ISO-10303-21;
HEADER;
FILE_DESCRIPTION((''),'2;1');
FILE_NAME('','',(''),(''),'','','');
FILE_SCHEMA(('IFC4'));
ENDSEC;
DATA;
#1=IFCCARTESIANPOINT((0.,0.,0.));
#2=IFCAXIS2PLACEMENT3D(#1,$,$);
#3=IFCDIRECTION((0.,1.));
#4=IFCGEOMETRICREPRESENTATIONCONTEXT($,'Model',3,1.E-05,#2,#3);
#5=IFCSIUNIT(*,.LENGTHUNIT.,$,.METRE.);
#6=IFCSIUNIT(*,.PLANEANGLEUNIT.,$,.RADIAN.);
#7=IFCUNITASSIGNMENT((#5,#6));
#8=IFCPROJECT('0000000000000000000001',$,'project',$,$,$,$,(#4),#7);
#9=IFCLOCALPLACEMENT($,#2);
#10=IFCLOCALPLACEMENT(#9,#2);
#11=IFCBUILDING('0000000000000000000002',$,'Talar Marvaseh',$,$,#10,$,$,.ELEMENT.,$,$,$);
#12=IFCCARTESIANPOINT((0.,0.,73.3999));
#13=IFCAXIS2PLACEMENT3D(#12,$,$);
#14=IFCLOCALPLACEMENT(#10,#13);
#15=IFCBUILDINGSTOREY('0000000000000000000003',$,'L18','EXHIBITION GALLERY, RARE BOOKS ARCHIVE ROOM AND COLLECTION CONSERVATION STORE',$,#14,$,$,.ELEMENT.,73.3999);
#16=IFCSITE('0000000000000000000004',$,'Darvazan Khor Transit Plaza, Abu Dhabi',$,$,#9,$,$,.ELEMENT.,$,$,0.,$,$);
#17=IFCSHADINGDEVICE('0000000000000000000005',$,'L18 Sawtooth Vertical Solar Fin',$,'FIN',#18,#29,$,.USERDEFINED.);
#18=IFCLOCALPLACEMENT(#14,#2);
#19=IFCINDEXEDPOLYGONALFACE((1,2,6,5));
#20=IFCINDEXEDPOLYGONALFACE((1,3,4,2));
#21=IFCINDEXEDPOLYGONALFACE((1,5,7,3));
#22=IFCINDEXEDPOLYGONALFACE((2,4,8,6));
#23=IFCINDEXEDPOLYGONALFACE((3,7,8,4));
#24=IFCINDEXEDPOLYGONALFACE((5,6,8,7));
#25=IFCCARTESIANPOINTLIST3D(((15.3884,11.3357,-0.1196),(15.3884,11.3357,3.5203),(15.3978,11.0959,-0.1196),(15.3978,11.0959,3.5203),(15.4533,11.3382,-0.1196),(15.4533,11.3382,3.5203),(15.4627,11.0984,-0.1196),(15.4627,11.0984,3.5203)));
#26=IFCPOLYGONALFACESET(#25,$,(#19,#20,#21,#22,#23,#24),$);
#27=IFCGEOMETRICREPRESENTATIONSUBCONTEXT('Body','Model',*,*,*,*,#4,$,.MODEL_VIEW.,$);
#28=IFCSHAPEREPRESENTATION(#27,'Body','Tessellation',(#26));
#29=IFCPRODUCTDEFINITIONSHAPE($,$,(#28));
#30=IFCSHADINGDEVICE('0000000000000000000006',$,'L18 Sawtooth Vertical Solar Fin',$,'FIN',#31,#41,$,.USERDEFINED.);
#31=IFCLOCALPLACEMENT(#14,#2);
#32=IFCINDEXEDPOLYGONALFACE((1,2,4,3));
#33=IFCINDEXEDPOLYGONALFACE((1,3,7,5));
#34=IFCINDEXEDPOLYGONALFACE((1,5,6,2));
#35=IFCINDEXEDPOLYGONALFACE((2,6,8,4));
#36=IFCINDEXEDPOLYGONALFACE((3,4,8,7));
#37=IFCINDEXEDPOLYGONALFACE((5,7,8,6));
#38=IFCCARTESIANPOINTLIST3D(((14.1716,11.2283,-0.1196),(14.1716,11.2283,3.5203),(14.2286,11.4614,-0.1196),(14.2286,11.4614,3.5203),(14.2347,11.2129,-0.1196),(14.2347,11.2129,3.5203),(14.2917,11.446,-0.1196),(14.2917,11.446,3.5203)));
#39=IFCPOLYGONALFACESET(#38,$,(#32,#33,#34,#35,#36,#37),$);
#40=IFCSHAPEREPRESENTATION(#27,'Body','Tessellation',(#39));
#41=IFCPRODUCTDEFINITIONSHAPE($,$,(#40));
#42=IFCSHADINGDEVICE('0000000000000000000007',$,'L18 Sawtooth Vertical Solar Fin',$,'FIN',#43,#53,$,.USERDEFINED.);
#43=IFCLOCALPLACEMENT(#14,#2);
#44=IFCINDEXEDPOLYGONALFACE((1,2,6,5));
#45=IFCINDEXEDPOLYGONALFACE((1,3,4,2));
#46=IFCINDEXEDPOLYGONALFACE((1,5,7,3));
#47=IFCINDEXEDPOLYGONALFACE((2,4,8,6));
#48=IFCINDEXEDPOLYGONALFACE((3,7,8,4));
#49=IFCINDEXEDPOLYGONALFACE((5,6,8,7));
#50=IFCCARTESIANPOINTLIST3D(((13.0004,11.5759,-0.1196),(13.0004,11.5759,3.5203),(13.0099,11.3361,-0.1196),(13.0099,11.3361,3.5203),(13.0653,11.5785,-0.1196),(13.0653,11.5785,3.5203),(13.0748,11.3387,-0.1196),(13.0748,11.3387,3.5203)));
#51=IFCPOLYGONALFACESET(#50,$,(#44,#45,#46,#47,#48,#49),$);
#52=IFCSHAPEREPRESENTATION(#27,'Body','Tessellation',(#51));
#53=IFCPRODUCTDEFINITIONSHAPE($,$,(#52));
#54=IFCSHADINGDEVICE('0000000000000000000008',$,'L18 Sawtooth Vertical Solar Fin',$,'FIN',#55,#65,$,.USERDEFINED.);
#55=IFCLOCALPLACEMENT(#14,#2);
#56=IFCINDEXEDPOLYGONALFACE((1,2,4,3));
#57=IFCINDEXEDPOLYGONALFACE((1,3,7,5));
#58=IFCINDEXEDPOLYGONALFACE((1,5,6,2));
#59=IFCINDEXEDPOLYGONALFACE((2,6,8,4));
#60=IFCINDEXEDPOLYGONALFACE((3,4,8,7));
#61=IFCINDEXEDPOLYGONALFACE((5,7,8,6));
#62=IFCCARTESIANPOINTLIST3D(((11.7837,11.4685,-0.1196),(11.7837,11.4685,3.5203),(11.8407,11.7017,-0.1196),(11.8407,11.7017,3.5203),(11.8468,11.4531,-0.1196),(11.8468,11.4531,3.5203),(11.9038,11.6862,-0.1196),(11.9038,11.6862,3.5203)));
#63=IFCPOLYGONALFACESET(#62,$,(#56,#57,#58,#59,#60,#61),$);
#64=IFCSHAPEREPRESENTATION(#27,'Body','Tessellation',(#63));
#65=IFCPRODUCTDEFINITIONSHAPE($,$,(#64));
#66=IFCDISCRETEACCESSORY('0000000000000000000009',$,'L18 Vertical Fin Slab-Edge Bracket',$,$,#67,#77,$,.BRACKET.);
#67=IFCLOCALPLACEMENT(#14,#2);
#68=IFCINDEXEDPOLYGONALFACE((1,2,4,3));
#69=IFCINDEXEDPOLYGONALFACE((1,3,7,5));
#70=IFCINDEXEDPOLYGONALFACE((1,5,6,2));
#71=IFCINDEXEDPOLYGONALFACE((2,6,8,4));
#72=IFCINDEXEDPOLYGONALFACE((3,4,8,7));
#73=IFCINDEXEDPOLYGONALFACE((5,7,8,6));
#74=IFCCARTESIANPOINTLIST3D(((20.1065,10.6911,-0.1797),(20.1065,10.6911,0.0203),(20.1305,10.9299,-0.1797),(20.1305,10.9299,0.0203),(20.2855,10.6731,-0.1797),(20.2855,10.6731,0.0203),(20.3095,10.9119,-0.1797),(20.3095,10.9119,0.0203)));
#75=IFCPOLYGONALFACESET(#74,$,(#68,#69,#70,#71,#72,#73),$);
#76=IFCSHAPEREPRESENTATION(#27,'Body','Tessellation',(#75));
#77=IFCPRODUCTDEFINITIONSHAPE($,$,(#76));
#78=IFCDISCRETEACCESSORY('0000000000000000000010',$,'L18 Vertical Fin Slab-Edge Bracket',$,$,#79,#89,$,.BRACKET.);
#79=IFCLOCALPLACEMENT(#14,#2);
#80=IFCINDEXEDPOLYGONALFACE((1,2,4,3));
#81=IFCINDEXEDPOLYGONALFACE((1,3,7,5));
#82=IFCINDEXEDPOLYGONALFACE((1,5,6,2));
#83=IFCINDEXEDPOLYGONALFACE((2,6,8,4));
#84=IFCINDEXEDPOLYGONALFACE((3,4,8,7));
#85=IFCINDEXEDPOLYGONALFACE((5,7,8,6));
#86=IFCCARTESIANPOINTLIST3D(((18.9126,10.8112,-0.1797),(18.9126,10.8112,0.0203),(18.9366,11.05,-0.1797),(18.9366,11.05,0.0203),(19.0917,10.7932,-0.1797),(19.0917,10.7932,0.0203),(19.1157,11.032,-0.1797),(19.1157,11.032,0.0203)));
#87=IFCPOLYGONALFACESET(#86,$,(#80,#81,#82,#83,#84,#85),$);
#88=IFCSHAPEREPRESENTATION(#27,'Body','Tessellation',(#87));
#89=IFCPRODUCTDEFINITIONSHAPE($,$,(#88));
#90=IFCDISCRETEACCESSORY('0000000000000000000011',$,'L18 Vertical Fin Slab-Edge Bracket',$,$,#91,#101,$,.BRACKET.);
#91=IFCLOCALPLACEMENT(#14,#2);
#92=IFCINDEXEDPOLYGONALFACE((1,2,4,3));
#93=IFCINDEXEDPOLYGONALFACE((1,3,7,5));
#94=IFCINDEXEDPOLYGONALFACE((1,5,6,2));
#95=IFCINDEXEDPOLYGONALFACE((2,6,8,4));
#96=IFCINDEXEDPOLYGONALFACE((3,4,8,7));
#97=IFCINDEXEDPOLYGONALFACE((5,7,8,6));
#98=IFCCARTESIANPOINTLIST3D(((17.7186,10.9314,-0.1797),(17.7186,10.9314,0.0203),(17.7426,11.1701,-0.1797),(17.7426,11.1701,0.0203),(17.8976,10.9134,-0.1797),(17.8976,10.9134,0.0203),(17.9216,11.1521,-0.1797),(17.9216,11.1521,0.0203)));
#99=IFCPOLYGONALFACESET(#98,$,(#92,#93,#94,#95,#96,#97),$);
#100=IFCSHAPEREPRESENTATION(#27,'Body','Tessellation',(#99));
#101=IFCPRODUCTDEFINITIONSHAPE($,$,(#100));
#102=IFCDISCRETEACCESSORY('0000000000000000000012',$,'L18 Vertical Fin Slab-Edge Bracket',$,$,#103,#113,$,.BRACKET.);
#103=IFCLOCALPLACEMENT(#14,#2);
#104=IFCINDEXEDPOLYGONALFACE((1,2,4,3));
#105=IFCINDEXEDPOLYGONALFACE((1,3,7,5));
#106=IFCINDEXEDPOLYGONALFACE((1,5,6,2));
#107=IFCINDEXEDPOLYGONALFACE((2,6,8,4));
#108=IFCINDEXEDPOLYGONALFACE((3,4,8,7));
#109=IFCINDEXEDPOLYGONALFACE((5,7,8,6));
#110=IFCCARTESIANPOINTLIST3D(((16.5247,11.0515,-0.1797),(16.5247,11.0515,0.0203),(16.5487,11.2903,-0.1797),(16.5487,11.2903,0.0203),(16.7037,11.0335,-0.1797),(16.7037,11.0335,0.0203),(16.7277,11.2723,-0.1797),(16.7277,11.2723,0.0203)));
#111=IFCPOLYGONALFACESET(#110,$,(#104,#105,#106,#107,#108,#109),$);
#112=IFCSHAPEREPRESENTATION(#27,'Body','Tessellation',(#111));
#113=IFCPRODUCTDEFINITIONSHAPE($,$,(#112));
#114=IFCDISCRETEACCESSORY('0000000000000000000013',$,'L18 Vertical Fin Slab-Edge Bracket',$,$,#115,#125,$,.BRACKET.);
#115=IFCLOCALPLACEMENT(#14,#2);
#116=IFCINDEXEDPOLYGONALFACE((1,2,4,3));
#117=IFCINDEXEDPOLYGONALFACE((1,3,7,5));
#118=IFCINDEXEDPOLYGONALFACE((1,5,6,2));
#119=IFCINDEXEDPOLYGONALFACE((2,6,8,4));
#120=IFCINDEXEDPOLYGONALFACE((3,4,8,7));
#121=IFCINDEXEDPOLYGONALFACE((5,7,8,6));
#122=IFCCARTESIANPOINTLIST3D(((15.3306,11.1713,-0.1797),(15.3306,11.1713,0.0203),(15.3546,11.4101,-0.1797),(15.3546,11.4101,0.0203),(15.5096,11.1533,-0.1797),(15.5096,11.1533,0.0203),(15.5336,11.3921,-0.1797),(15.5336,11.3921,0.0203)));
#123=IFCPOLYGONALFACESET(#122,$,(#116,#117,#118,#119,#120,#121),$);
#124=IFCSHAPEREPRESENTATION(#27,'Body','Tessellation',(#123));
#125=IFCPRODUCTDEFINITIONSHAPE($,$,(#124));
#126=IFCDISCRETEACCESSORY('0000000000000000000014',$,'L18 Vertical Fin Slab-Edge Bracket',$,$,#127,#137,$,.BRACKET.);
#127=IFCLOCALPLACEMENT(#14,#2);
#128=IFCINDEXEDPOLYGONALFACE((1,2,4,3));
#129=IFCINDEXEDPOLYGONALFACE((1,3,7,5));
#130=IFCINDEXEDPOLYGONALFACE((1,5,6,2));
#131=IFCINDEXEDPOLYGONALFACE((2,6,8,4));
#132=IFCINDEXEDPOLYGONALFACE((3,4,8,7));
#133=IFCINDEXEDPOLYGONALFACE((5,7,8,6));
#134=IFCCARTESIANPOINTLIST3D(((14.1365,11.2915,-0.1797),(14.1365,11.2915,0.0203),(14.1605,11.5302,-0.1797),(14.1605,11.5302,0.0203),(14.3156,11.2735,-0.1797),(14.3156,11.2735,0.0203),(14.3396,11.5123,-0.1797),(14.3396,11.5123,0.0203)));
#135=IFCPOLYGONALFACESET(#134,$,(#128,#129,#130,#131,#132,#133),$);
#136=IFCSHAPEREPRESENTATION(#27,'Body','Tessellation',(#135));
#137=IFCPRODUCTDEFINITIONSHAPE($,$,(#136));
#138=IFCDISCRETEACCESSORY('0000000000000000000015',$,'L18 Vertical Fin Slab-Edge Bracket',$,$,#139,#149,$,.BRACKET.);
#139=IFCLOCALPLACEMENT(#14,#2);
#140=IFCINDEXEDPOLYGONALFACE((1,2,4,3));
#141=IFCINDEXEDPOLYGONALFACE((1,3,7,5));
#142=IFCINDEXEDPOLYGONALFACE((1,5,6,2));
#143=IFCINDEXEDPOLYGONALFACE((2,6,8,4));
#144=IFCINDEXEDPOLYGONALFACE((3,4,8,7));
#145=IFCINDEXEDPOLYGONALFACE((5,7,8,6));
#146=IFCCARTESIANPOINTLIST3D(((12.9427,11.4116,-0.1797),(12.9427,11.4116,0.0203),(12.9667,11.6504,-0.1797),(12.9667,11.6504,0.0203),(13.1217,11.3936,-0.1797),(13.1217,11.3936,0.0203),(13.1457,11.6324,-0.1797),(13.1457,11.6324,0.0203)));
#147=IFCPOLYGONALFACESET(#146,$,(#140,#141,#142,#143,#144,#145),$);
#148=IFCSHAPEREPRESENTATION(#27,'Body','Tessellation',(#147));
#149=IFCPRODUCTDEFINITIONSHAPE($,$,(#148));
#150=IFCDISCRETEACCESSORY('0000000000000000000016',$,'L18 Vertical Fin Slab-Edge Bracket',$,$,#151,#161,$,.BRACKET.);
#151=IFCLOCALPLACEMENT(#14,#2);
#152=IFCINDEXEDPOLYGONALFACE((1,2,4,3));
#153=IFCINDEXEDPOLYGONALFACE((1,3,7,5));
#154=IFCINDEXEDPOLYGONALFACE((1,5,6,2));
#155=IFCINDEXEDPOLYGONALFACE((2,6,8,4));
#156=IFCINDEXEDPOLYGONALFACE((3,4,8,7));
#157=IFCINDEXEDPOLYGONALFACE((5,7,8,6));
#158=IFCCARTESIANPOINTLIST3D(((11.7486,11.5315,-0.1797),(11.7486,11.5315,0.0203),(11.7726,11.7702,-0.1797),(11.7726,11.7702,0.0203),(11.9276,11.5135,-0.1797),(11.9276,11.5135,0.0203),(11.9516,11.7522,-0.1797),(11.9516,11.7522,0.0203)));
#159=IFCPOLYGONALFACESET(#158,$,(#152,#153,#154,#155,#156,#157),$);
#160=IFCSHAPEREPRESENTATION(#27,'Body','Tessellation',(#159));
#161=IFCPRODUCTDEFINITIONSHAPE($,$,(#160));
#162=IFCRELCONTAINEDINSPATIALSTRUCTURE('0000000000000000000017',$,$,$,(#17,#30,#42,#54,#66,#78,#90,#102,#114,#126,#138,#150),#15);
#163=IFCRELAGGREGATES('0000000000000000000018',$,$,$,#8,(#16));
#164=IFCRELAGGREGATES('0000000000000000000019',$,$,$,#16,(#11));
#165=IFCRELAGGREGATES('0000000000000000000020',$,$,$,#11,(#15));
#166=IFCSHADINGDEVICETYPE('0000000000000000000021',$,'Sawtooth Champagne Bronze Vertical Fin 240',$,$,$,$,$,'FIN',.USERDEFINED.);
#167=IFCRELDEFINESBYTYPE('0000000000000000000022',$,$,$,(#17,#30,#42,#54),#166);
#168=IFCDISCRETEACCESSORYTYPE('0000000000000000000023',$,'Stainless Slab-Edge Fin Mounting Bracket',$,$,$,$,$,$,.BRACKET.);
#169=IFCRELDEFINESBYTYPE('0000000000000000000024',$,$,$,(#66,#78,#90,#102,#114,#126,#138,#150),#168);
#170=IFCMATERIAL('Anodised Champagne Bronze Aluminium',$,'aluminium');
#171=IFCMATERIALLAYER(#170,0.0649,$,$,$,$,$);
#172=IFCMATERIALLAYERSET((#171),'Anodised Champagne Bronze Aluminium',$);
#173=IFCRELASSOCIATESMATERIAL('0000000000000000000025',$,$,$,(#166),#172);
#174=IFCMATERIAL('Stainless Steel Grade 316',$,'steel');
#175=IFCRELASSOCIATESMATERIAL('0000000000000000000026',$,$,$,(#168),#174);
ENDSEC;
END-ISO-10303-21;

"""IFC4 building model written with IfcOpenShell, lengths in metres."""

from ifc_helpers import new_model, si_unit, direction, frame, origin, origin_2d, place, context, subcontext, project, spatial, rectangle, extrude, source, transform, mapped, material, layer, layer_set, type_object, type_shapes, element, save


model = new_model("IFC4")

# Units and contexts
model_context = context("Model", 3, precision=1e-05, world=origin(), true_north=direction((0.0, 1.0)))
body_context = subcontext(model_context, "Body", "Model", "MODEL_VIEW")
ifc_project = project(units=[si_unit("LENGTHUNIT", "METRE"), si_unit("PLANEANGLEUNIT", "RADIAN")], contexts=[model_context])

# Site, building, storey
site_placement = place(None, origin())
site = spatial("IfcSite", under=ifc_project, at=site_placement, Name="Darvazan Khor Transit Plaza, Abu Dhabi", CompositionType="ELEMENT", RefElevation=0.0)
building_placement = place(site_placement, origin())
building = spatial("IfcBuilding", under=site, at=building_placement, Name="Talar Marvaseh", CompositionType="ELEMENT")
storey_placement = place(building_placement, frame((0.0, 0.0, 73.3999)))
storey = spatial("IfcBuildingStorey", under=building, at=storey_placement, Name="L18", Description="EXHIBITION GALLERY, RARE BOOKS ARCHIVE ROOM AND COLLECTION CONSERVATION STORE", CompositionType="ELEMENT", Elevation=73.3999)

# Shading devices
ifc_material_1 = material(Name="Anodised Champagne Bronze Aluminium", Category="aluminium")
ifc_layer_1 = layer(ifc_material_1, 0.0649)
ifc_layer_set_1 = layer_set([ifc_layer_1], Name="Anodised Champagne Bronze Aluminium")
shading_device_type = type_object("IfcShadingDeviceType", Name="Sawtooth Champagne Bronze Vertical Fin 240", ElementType="FIN", PredefinedType="USERDEFINED", material=ifc_layer_set_1)
shared_shape_1 = source(origin(), body_context, "Body", "SweptSolid", [
    extrude(rectangle(XDim=0.24, YDim=0.0649, at=origin_2d()), origin(), (0.0, 0.0, 1.0), 3.6399),
])
type_shapes(shading_device_type, [shared_shape_1])
for number, where, z_axis, x_axis, name in (
    (1, (15.4255, 11.217, -0.1196), (0.0, 0.0, 1.0), (0.039434, -0.999222, 0.0), "L18 Sawtooth Vertical Solar Fin"),
    (2, (14.2317, 11.3372, -0.1196), (0.0, 0.0, 1.0), (-0.237516, -0.971384, 0.0), "L18 Sawtooth Vertical Solar Fin"),
    (3, (13.0376, 11.4573, -0.1196), (0.0, 0.0, 1.0), (0.039434, -0.999222, 0.0), "L18 Sawtooth Vertical Solar Fin"),
    (4, (11.8438, 11.5774, -0.1196), (0.0, 0.0, 1.0), (-0.237516, -0.971384, 0.0), "L18 Sawtooth Vertical Solar Fin"),
):
    element("IfcShadingDevice", number, at=place(storey_placement, frame(where, z_axis=z_axis, x_axis=x_axis)), inside=storey, type_object=shading_device_type, Name=name, ObjectType="FIN", PredefinedType="USERDEFINED", context=body_context, shape_type="MappedRepresentation", body=[
        mapped(shared_shape_1, transform((0.0, 0.0, 0.0), x_axis=(1.0, 0.0, 0.0), y_axis=(0.0, 1.0, 0.0), z_axis=(0.0, 0.0, 1.0), scale=1.0)),
    ])

# Discrete accessories
ifc_material_2 = material(Name="Stainless Steel Grade 316", Category="steel")
discrete_accessory_type = type_object("IfcDiscreteAccessoryType", Name="Stainless Slab-Edge Fin Mounting Bracket", PredefinedType="BRACKET", material=ifc_material_2)
shared_shape_2 = source(origin(), body_context, "Body", "SweptSolid", [
    extrude(rectangle(XDim=0.24, YDim=0.1799, at=origin_2d()), origin(), (0.0, 0.0, 1.0), 0.2),
])
type_shapes(discrete_accessory_type, [shared_shape_2])
for number, where, z_axis, x_axis, name in (
    (5, (20.208, 10.8015, -0.1797), (0.0, 0.0, 1.0), (-0.100014, -0.994986, 0.0), "L18 Vertical Fin Slab-Edge Bracket"),
    (6, (19.0142, 10.9216, -0.1797), (0.0, 0.0, 1.0), (-0.100014, -0.994986, 0.0), "L18 Vertical Fin Slab-Edge Bracket"),
    (7, (17.8201, 11.0417, -0.1797), (0.0, 0.0, 1.0), (-0.100014, -0.994986, 0.0), "L18 Vertical Fin Slab-Edge Bracket"),
    (8, (16.6262, 11.1619, -0.1797), (0.0, 0.0, 1.0), (-0.100014, -0.994986, 0.0), "L18 Vertical Fin Slab-Edge Bracket"),
    (9, (15.4321, 11.2817, -0.1797), (0.0, 0.0, 1.0), (-0.100014, -0.994986, 0.0), "L18 Vertical Fin Slab-Edge Bracket"),
    (10, (14.238, 11.4019, -0.1797), (0.0, 0.0, 1.0), (-0.100014, -0.994986, 0.0), "L18 Vertical Fin Slab-Edge Bracket"),
    (11, (13.0442, 11.522, -0.1797), (0.0, 0.0, 1.0), (-0.100014, -0.994986, 0.0), "L18 Vertical Fin Slab-Edge Bracket"),
    (12, (11.8501, 11.6418, -0.1797), (0.0, 0.0, 1.0), (-0.100014, -0.994986, 0.0), "L18 Vertical Fin Slab-Edge Bracket"),
):
    element("IfcDiscreteAccessory", number, at=place(storey_placement, frame(where, z_axis=z_axis, x_axis=x_axis)), inside=storey, type_object=discrete_accessory_type, Name=name, PredefinedType="BRACKET", context=body_context, shape_type="MappedRepresentation", body=[
        mapped(shared_shape_2, transform((0.0, 0.0, 0.0), x_axis=(1.0, 0.0, 0.0), y_axis=(0.0, 1.0, 0.0), z_axis=(0.0, 0.0, 1.0), scale=1.0)),
    ])

save(model, "model.ifc")
